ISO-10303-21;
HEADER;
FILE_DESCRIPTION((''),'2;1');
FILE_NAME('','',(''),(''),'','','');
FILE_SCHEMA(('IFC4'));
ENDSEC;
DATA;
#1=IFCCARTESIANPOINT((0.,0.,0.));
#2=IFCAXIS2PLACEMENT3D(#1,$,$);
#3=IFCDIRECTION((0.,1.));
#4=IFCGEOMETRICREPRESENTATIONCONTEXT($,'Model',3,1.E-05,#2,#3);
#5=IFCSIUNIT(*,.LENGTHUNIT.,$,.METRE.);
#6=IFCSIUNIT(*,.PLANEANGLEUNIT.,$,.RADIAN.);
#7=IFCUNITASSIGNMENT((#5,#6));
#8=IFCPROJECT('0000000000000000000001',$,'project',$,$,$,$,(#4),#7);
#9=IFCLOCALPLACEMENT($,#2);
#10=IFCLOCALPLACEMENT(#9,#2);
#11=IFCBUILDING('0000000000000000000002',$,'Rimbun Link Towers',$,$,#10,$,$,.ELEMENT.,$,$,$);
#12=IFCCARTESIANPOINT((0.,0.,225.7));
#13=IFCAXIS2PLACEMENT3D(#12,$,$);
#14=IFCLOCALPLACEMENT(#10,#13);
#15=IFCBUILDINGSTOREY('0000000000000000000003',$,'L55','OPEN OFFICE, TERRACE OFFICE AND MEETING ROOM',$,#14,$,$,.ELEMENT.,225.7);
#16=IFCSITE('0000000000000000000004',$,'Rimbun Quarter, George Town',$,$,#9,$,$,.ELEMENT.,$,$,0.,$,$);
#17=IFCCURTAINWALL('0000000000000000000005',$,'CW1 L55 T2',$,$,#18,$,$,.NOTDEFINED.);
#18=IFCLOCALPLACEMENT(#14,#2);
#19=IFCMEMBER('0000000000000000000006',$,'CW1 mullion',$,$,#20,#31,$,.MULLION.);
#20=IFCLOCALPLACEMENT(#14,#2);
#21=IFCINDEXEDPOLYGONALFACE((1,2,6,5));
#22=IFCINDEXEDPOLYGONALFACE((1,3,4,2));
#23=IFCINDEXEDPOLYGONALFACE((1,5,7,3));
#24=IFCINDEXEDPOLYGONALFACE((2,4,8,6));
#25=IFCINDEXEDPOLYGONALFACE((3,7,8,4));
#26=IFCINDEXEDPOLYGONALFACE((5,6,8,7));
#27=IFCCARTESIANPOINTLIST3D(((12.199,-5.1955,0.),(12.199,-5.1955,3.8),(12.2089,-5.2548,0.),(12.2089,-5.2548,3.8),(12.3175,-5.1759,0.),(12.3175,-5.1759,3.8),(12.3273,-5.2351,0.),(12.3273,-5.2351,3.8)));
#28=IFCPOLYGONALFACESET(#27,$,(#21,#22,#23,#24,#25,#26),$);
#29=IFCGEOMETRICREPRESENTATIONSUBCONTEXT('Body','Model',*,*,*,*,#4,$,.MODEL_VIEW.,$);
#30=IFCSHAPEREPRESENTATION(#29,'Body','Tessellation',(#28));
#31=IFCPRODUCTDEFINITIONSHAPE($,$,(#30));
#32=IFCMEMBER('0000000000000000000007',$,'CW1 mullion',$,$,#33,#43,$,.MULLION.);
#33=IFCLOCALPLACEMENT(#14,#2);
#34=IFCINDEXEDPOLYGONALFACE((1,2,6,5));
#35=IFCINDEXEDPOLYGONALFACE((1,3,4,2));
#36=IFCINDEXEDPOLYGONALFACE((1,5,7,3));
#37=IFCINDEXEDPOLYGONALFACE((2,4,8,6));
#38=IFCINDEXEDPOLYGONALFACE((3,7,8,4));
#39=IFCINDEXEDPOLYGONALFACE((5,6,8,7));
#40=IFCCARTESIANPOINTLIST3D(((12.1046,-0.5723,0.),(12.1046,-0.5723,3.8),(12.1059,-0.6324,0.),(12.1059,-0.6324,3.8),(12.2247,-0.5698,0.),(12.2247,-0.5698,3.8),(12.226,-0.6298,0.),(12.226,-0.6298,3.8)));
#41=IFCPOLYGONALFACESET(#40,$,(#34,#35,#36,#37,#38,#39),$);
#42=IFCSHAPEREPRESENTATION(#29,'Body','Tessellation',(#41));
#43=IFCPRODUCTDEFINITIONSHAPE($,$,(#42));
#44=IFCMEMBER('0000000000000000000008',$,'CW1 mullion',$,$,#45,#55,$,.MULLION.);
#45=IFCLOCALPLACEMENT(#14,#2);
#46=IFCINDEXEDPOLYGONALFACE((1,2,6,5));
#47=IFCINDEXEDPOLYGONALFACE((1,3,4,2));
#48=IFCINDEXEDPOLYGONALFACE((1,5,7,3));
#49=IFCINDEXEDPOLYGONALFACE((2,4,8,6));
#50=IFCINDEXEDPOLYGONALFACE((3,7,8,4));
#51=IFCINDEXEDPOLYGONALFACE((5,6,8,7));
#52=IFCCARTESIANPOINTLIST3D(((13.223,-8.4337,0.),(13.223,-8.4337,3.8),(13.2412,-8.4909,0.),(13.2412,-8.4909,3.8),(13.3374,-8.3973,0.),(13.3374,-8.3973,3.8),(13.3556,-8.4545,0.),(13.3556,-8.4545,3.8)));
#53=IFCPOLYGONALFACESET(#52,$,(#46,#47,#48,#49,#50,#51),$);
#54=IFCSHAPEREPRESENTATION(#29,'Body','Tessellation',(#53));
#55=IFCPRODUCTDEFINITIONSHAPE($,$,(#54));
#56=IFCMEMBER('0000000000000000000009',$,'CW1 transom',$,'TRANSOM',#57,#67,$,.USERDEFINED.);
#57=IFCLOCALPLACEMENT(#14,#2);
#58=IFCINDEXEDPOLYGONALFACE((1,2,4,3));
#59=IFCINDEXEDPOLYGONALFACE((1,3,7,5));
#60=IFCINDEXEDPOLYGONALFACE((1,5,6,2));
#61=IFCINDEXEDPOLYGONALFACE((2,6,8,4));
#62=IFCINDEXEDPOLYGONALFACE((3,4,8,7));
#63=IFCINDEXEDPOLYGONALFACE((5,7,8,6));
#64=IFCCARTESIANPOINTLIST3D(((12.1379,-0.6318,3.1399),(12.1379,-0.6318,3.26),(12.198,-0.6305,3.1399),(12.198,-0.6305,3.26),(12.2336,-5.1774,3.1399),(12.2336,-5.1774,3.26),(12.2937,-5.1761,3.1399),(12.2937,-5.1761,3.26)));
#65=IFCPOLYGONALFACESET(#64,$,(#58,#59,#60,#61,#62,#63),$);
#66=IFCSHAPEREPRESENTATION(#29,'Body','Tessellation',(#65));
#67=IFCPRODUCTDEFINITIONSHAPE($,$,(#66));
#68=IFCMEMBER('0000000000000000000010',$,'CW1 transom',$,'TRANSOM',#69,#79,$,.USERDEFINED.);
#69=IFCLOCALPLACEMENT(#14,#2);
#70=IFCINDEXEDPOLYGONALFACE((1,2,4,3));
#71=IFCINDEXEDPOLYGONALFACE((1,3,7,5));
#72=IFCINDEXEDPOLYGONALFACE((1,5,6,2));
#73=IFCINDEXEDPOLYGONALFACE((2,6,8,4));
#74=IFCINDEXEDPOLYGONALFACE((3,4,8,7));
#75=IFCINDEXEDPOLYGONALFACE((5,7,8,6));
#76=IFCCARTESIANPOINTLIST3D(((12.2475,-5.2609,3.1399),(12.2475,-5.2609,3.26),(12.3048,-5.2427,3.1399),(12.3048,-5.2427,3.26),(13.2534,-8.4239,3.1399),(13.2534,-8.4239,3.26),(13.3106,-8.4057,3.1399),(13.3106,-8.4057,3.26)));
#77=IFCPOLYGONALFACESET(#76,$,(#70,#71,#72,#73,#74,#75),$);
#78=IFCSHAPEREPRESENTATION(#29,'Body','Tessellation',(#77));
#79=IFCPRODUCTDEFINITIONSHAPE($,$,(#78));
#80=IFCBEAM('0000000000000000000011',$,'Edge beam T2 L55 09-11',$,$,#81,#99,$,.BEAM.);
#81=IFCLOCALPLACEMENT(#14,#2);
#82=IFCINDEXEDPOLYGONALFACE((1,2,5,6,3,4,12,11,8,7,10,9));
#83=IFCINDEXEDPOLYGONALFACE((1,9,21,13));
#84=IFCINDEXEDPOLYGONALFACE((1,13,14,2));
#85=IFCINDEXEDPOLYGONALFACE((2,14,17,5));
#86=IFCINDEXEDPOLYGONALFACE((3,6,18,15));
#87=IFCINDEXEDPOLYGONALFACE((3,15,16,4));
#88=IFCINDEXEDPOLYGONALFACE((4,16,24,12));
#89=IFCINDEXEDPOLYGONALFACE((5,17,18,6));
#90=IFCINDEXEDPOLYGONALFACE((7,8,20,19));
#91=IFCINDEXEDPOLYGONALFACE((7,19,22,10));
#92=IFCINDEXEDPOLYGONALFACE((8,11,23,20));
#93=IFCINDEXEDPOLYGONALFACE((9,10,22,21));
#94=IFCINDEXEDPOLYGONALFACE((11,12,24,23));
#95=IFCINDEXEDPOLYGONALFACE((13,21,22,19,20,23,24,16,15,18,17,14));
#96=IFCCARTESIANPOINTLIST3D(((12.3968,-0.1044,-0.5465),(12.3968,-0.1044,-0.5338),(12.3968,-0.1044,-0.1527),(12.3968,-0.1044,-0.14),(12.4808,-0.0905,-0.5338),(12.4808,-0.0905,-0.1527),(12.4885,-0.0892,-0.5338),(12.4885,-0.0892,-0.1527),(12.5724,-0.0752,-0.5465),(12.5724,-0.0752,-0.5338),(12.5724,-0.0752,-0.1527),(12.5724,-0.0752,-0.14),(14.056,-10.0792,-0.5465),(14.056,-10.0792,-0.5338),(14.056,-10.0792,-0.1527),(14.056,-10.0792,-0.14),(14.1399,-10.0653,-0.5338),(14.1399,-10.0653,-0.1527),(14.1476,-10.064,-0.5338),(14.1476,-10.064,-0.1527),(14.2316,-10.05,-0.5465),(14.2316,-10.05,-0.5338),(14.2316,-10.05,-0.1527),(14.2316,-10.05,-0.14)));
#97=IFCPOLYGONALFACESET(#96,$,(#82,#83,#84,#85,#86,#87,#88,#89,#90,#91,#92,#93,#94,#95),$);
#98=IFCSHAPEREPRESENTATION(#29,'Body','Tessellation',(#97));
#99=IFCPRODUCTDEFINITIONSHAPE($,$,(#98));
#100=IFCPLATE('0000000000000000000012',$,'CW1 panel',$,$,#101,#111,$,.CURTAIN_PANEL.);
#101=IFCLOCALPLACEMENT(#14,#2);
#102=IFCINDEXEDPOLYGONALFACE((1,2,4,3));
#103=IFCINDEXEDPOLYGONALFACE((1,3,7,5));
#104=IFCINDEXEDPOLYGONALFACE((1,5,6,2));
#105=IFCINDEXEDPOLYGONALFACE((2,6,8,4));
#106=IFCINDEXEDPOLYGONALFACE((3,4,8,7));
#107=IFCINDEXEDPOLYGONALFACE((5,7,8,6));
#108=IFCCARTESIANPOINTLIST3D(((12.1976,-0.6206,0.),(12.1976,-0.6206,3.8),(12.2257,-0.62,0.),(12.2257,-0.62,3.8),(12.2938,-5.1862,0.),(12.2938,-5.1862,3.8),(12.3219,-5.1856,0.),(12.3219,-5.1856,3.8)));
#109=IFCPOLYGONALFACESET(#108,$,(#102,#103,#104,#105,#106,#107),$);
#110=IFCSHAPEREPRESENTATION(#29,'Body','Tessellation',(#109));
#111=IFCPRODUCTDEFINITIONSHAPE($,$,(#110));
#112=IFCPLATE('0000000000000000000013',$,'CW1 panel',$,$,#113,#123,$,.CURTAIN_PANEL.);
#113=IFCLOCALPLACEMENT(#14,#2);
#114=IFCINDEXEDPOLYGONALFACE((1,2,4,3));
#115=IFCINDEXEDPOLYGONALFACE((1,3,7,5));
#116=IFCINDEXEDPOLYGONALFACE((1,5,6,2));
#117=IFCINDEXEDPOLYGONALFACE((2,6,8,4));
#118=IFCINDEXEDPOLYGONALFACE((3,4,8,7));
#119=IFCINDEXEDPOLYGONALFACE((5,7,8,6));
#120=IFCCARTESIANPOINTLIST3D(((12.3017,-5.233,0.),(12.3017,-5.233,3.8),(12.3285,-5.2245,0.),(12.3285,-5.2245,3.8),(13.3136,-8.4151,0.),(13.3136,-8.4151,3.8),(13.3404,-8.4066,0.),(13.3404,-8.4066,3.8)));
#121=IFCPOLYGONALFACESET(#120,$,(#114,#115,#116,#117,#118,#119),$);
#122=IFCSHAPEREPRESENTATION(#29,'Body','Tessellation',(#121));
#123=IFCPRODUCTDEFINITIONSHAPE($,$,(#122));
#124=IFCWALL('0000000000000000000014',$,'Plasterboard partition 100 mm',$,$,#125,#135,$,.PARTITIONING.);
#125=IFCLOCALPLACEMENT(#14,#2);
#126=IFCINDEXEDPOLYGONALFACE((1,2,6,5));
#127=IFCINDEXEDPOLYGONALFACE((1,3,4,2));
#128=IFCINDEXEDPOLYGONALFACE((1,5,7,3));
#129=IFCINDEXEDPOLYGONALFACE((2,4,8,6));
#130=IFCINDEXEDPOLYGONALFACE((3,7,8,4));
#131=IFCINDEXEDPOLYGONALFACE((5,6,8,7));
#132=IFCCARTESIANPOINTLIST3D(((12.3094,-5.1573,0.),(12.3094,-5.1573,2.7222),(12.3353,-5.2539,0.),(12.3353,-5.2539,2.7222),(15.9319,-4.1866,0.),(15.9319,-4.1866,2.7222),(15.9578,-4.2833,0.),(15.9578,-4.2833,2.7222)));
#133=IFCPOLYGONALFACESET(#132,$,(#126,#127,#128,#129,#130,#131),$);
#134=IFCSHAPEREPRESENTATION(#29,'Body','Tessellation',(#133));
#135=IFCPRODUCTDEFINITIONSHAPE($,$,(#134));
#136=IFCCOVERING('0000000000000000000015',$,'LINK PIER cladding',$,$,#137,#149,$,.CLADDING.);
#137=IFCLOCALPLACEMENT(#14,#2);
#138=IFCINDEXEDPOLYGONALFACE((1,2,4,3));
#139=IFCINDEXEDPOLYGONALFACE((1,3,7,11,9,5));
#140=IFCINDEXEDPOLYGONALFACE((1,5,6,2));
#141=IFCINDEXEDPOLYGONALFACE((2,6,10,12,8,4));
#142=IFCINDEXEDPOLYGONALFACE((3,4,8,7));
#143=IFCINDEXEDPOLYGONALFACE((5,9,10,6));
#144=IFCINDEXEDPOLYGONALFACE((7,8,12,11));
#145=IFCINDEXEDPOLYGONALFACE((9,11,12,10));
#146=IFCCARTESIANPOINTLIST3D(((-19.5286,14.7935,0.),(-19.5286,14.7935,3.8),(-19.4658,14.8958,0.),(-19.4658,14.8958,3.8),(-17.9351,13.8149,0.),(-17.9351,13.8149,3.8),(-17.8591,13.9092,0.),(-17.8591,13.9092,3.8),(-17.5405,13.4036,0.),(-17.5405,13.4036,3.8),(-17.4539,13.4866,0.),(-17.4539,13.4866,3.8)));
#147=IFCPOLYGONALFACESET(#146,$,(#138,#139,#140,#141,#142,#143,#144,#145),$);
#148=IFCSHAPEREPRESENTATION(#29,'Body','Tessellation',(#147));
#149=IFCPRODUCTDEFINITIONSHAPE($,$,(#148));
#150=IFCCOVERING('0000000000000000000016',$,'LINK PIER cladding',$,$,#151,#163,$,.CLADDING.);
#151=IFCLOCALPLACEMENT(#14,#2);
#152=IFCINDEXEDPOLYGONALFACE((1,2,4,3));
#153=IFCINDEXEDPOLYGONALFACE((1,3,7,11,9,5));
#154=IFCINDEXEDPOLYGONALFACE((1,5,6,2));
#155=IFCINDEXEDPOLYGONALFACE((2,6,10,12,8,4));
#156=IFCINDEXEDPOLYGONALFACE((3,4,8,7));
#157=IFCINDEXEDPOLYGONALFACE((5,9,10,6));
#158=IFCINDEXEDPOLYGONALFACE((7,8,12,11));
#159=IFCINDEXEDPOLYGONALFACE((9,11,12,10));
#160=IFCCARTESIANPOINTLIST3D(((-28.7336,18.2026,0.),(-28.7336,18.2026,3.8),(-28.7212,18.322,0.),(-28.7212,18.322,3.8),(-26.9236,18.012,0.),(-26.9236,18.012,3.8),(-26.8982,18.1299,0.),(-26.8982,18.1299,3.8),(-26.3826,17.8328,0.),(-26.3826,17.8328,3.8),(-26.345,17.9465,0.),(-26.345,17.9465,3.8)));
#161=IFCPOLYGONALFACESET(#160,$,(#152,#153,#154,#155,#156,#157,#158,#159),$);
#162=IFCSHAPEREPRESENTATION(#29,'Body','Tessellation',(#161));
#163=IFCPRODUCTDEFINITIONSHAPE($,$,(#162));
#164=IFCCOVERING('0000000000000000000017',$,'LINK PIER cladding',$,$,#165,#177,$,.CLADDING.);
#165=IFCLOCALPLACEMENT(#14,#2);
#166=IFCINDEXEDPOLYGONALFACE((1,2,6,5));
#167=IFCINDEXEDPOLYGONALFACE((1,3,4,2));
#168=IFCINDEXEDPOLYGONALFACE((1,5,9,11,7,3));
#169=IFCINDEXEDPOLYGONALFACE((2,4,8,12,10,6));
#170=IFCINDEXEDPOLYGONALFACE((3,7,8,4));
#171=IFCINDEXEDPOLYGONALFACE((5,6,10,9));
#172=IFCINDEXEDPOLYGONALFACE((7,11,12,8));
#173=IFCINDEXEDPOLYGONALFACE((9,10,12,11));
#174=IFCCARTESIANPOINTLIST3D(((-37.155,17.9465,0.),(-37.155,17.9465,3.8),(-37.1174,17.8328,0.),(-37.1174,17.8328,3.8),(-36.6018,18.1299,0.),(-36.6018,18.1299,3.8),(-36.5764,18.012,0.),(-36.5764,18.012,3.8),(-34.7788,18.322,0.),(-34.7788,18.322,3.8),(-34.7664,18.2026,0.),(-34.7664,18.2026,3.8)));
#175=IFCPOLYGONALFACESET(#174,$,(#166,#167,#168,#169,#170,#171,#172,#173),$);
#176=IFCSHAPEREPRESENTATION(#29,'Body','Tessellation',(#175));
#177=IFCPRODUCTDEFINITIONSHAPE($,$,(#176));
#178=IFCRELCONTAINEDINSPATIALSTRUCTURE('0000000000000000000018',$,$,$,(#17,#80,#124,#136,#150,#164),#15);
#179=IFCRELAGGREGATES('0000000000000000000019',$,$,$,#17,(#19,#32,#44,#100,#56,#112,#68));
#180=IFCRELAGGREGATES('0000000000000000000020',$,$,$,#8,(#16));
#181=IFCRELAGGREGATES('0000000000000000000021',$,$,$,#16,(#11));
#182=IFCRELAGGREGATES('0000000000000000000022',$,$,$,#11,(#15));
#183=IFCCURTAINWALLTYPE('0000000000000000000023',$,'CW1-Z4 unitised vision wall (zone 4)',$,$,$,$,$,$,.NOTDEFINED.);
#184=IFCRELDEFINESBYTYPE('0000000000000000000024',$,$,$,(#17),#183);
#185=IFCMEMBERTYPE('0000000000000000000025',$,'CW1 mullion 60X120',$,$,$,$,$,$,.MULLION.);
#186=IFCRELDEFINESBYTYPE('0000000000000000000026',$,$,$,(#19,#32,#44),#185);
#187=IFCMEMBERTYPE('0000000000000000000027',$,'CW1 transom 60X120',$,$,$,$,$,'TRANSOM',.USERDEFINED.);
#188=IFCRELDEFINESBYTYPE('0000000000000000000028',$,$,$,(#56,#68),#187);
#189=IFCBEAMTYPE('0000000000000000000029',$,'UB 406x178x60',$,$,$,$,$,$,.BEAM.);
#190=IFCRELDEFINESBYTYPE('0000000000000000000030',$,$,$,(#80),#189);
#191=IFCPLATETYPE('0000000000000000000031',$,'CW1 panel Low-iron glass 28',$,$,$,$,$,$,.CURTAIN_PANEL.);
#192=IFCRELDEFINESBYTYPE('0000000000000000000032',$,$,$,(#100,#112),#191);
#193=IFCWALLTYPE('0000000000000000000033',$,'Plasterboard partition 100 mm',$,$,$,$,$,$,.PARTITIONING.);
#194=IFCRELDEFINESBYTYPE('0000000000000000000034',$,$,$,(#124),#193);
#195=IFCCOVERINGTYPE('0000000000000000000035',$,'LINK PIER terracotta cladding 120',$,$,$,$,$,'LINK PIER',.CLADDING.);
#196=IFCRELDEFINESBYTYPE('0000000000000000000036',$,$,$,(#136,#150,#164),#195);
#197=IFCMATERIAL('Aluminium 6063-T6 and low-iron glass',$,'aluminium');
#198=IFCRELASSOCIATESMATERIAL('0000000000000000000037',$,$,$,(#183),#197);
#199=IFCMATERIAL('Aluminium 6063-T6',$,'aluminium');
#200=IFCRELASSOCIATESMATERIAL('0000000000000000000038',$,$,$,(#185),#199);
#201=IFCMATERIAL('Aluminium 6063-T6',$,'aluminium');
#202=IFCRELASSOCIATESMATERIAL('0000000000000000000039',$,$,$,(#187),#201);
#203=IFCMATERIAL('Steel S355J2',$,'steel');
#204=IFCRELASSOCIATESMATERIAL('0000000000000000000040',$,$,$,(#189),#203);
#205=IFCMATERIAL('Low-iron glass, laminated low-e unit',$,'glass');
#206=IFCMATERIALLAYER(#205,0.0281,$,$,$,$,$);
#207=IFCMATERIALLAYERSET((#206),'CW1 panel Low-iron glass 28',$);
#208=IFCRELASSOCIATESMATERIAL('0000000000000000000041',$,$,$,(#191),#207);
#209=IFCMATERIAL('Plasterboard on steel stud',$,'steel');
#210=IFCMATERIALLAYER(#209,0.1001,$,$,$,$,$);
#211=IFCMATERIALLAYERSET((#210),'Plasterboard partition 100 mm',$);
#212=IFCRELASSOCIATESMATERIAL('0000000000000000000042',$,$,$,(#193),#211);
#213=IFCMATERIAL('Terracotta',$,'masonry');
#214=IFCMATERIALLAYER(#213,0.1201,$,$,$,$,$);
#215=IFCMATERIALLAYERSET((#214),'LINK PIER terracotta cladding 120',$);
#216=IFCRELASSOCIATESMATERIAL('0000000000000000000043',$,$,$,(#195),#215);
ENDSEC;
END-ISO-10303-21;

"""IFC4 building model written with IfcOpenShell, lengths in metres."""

from ifc_helpers import new_model, si_unit, direction, frame, frame_2d, origin, origin_2d, place, context, subcontext, project, spatial, polyline, rectangle, i_section, outline, extrude, material, layer, layer_set, material_profile, profile_set, type_object, element, aggregate, save


model = new_model("IFC4")

# Units and contexts
model_context = context("Model", 3, precision=1e-05, world=origin(), true_north=direction((0.0, 1.0)))
body_context = subcontext(model_context, "Body", "Model", "MODEL_VIEW")
ifc_project = project(units=[si_unit("LENGTHUNIT", "METRE"), si_unit("PLANEANGLEUNIT", "RADIAN")], contexts=[model_context])

# Site, building, storey
site_placement = place(None, origin())
site = spatial("IfcSite", under=ifc_project, at=site_placement, Name="Rimbun Quarter, George Town", CompositionType="ELEMENT", RefElevation=0.0)
building_placement = place(site_placement, origin())
building = spatial("IfcBuilding", under=site, at=building_placement, Name="Rimbun Link Towers", CompositionType="ELEMENT")
storey_placement = place(building_placement, frame((0.0, 0.0, 225.7)))
storey = spatial("IfcBuildingStorey", under=building, at=storey_placement, Name="L55", Description="OPEN OFFICE, TERRACE OFFICE AND MEETING ROOM", CompositionType="ELEMENT", Elevation=225.7)

# Curtain wall, members
ifc_material_1 = material(Name="Aluminium 6063-T6 and low-iron glass", Category="aluminium")
curtain_wall_type = type_object("IfcCurtainWallType", Name="CW1-Z4 unitised vision wall (zone 4)", PredefinedType="NOTDEFINED", material=ifc_material_1)
curtain_wall_placement = place(storey_placement, origin())
curtain_wall = element("IfcCurtainWall", 1, at=curtain_wall_placement, inside=storey, type_object=curtain_wall_type, Name="CW1 L55 T2", PredefinedType="NOTDEFINED")
ifc_material_2 = material(Name="Aluminium 6063-T6", Category="aluminium")
ifc_material_profile_1 = material_profile(ifc_material_2, rectangle(XDim=0.1201, YDim=0.0601, at=origin_2d()), Name="MULLION 60X120")
ifc_profile_set_1 = profile_set([ifc_material_profile_1], Name="Aluminium 6063-T6")
member_type_1 = type_object("IfcMemberType", Name="CW1 mullion 60X120", PredefinedType="MULLION", material=ifc_profile_set_1)
member_1_placement = place(storey_placement, frame((12.2632, -5.2153, 0.0), z_axis=(0.0, 0.0, 1.0), x_axis=(-0.986503, -0.163742, 0.0)))
member_1 = element("IfcMember", 2, at=member_1_placement, type_object=member_type_1, Name="CW1 mullion", PredefinedType="MULLION", context=body_context, shape_type="SweptSolid", body=[
    extrude(rectangle(XDim=0.1201, YDim=0.0601, at=origin_2d()), origin(), (0.0, 0.0, 1.0), 3.8),
])
member_2_placement = place(storey_placement, frame((12.1653, -0.6011, 0.0), z_axis=(0.0, 0.0, 1.0), x_axis=(-0.999778, -0.021069, 0.0)))
member_2 = element("IfcMember", 3, at=member_2_placement, type_object=member_type_1, Name="CW1 mullion", PredefinedType="MULLION", context=body_context, shape_type="SweptSolid", body=[
    extrude(rectangle(XDim=0.1201, YDim=0.0601, at=origin_2d()), origin(), (0.0, 0.0, 1.0), 3.8),
])
member_3_placement = place(storey_placement, frame((13.2893, -8.4441, 0.0), z_axis=(0.0, 0.0, 1.0), x_axis=(-0.952974, -0.303053, 0.0)))
member_3 = element("IfcMember", 4, at=member_3_placement, type_object=member_type_1, Name="CW1 mullion", PredefinedType="MULLION", context=body_context, shape_type="SweptSolid", body=[
    extrude(rectangle(XDim=0.1201, YDim=0.0601, at=origin_2d()), origin(), (0.0, 0.0, 1.0), 3.8),
])
ifc_material_3 = material(Name="Aluminium 6063-T6", Category="aluminium")
ifc_material_profile_2 = material_profile(ifc_material_3, rectangle(XDim=0.0601, YDim=0.1201, at=origin_2d()), Name="TRANSOM 60X120")
ifc_profile_set_2 = profile_set([ifc_material_profile_2], Name="Aluminium 6063-T6")
member_type_2 = type_object("IfcMemberType", Name="CW1 transom 60X120", ElementType="TRANSOM", PredefinedType="USERDEFINED", material=ifc_profile_set_2)
member_4_placement = place(storey_placement, frame((12.2637, -5.1768, 3.2), z_axis=(-0.021049, 0.999778, 0.0), x_axis=(-0.999778, -0.021049, 0.0)))
member_4 = element("IfcMember", 5, at=member_4_placement, type_object=member_type_2, Name="CW1 transom", ObjectType="TRANSOM", PredefinedType="USERDEFINED", context=body_context, shape_type="SweptSolid", body=[
    extrude(rectangle(XDim=0.0601, YDim=0.1201, at=origin_2d()), origin(), (0.0, 0.0, 1.0), 4.5466),
])
member_5_placement = place(storey_placement, frame((13.282, -8.4148, 3.2), z_axis=(-0.303046, 0.952976, 0.0), x_axis=(-0.952976, -0.303046, 0.0)))
member_5 = element("IfcMember", 6, at=member_5_placement, type_object=member_type_2, Name="CW1 transom", ObjectType="TRANSOM", PredefinedType="USERDEFINED", context=body_context, shape_type="SweptSolid", body=[
    extrude(rectangle(XDim=0.0601, YDim=0.1201, at=origin_2d()), origin(), (0.0, 0.0, 1.0), 3.3191),
])

# Beam
ifc_material_4 = material(Name="Steel S355J2", Category="steel")
ifc_material_profile_3 = material_profile(ifc_material_4, i_section(OverallWidth=0.178, OverallDepth=0.4065, WebThickness=0.0078, FlangeThickness=0.0127, at=origin_2d()), Name="UB 406x178x60")
ifc_profile_set_3 = profile_set([ifc_material_profile_3], Name="Steel S355J2")
beam_type = type_object("IfcBeamType", Name="UB 406x178x60", PredefinedType="BEAM", material=ifc_profile_set_3)
beam_placement = place(storey_placement, frame((12.4846, -0.0898, -0.3433), z_axis=(0.164082, -0.986447, 0.0), x_axis=(0.986447, 0.164082, 0.0)))
element("IfcBeam", 7, at=beam_placement, inside=storey, type_object=beam_type, Name="Edge beam T2 L55 09-11", PredefinedType="BEAM", context=body_context, shape_type="SweptSolid", body=[
    extrude(i_section(OverallWidth=0.178, OverallDepth=0.4065, WebThickness=0.0078, FlangeThickness=0.0127, at=origin_2d()), origin(), (0.0, 0.0, 1.0), 10.1118),
])

# Plates
ifc_material_5 = material(Name="Low-iron glass, laminated low-e unit", Category="glass")
ifc_layer_1 = layer(ifc_material_5, 0.0281)
ifc_layer_set_1 = layer_set([ifc_layer_1], Name="CW1 panel Low-iron glass 28")
plate_type = type_object("IfcPlateType", Name="CW1 panel Low-iron glass 28", PredefinedType="CURTAIN_PANEL", material=ifc_layer_set_1)
plate_1_placement = place(storey_placement, frame((12.2598, -2.9031, 0.0), z_axis=(0.0, 0.0, 1.0), x_axis=(-0.021069, 0.999778, 0.0)))
plate_1 = element("IfcPlate", 8, at=plate_1_placement, type_object=plate_type, Name="CW1 panel", PredefinedType="CURTAIN_PANEL", context=body_context, shape_type="SweptSolid", body=[
    extrude(rectangle(XDim=4.5667, YDim=0.0281, at=origin_2d()), origin(), (0.0, 0.0, 1.0), 3.8),
])
plate_2_placement = place(storey_placement, frame((12.821, -6.8198, 0.0), z_axis=(0.0, 0.0, 1.0), x_axis=(-0.303053, 0.952974, 0.0)))
plate_2 = element("IfcPlate", 9, at=plate_2_placement, type_object=plate_type, Name="CW1 panel", PredefinedType="CURTAIN_PANEL", context=body_context, shape_type="SweptSolid", body=[
    extrude(rectangle(XDim=3.3391, YDim=0.0281, at=origin_2d()), origin(), (0.0, 0.0, 1.0), 3.8),
])
aggregate(curtain_wall, [member_1, member_2, member_3, plate_1, member_4, plate_2, member_5])

# Wall
ifc_material_6 = material(Name="Plasterboard on steel stud", Category="steel")
ifc_layer_2 = layer(ifc_material_6, 0.1001)
ifc_layer_set_2 = layer_set([ifc_layer_2], Name="Plasterboard partition 100 mm")
wall_type = type_object("IfcWallType", Name="Plasterboard partition 100 mm", PredefinedType="PARTITIONING", material=ifc_layer_set_2)
wall_placement = place(storey_placement, frame((12.3225, -5.2056, 0.0), z_axis=(0.0, 0.0, 1.0), x_axis=(0.965923, 0.258829, 0.0)))
element("IfcWall", 10, at=wall_placement, inside=storey, type_object=wall_type, Name="Plasterboard partition 100 mm", PredefinedType="PARTITIONING", context=body_context, shape_type="SweptSolid", body=[
    extrude(rectangle(XDim=3.7502, YDim=0.1001, at=frame_2d((1.875, 0.0))), origin(), (0.0, 0.0, 1.0), 2.7222),
])

# Coverings
ifc_material_7 = material(Name="Terracotta", Category="masonry")
ifc_layer_3 = layer(ifc_material_7, 0.1201)
ifc_layer_set_3 = layer_set([ifc_layer_3], Name="LINK PIER terracotta cladding 120")
covering_type_1 = type_object("IfcCoveringType", Name="LINK PIER terracotta cladding 120", ElementType="LINK PIER", PredefinedType="CLADDING", material=ifc_layer_set_3)
covering_1_placement = place(storey_placement, origin())
element("IfcCovering", 11, at=covering_1_placement, inside=storey, type_object=covering_type_1, Name="LINK PIER cladding", PredefinedType="CLADDING", context=body_context, shape_type="SweptSolid", body=[
    extrude(outline(polyline([(-19.5286, 14.7935), (-17.9351, 13.8149), (-17.5405, 13.4036), (-17.4539, 13.4866), (-17.8591, 13.9092), (-19.4658, 14.8958), (-19.5286, 14.7935)])), origin(), (0.0, 0.0, 1.0), 3.8),
])
covering_2_placement = place(storey_placement, origin())
element("IfcCovering", 12, at=covering_2_placement, inside=storey, type_object=covering_type_1, Name="LINK PIER cladding", PredefinedType="CLADDING", context=body_context, shape_type="SweptSolid", body=[
    extrude(outline(polyline([(-28.7336, 18.2026), (-26.9236, 18.012), (-26.3826, 17.8328), (-26.345, 17.9465), (-26.8982, 18.1299), (-28.7212, 18.322), (-28.7336, 18.2026)])), origin(), (0.0, 0.0, 1.0), 3.8),
])
covering_3_placement = place(storey_placement, origin())
element("IfcCovering", 13, at=covering_3_placement, inside=storey, type_object=covering_type_1, Name="LINK PIER cladding", PredefinedType="CLADDING", context=body_context, shape_type="SweptSolid", body=[
    extrude(outline(polyline([(-37.1174, 17.8328), (-36.5764, 18.012), (-34.7664, 18.2026), (-34.7788, 18.322), (-36.6018, 18.1299), (-37.155, 17.9465), (-37.1174, 17.8328)])), origin(), (0.0, 0.0, 1.0), 3.8),
])

save(model, "model.ifc")
